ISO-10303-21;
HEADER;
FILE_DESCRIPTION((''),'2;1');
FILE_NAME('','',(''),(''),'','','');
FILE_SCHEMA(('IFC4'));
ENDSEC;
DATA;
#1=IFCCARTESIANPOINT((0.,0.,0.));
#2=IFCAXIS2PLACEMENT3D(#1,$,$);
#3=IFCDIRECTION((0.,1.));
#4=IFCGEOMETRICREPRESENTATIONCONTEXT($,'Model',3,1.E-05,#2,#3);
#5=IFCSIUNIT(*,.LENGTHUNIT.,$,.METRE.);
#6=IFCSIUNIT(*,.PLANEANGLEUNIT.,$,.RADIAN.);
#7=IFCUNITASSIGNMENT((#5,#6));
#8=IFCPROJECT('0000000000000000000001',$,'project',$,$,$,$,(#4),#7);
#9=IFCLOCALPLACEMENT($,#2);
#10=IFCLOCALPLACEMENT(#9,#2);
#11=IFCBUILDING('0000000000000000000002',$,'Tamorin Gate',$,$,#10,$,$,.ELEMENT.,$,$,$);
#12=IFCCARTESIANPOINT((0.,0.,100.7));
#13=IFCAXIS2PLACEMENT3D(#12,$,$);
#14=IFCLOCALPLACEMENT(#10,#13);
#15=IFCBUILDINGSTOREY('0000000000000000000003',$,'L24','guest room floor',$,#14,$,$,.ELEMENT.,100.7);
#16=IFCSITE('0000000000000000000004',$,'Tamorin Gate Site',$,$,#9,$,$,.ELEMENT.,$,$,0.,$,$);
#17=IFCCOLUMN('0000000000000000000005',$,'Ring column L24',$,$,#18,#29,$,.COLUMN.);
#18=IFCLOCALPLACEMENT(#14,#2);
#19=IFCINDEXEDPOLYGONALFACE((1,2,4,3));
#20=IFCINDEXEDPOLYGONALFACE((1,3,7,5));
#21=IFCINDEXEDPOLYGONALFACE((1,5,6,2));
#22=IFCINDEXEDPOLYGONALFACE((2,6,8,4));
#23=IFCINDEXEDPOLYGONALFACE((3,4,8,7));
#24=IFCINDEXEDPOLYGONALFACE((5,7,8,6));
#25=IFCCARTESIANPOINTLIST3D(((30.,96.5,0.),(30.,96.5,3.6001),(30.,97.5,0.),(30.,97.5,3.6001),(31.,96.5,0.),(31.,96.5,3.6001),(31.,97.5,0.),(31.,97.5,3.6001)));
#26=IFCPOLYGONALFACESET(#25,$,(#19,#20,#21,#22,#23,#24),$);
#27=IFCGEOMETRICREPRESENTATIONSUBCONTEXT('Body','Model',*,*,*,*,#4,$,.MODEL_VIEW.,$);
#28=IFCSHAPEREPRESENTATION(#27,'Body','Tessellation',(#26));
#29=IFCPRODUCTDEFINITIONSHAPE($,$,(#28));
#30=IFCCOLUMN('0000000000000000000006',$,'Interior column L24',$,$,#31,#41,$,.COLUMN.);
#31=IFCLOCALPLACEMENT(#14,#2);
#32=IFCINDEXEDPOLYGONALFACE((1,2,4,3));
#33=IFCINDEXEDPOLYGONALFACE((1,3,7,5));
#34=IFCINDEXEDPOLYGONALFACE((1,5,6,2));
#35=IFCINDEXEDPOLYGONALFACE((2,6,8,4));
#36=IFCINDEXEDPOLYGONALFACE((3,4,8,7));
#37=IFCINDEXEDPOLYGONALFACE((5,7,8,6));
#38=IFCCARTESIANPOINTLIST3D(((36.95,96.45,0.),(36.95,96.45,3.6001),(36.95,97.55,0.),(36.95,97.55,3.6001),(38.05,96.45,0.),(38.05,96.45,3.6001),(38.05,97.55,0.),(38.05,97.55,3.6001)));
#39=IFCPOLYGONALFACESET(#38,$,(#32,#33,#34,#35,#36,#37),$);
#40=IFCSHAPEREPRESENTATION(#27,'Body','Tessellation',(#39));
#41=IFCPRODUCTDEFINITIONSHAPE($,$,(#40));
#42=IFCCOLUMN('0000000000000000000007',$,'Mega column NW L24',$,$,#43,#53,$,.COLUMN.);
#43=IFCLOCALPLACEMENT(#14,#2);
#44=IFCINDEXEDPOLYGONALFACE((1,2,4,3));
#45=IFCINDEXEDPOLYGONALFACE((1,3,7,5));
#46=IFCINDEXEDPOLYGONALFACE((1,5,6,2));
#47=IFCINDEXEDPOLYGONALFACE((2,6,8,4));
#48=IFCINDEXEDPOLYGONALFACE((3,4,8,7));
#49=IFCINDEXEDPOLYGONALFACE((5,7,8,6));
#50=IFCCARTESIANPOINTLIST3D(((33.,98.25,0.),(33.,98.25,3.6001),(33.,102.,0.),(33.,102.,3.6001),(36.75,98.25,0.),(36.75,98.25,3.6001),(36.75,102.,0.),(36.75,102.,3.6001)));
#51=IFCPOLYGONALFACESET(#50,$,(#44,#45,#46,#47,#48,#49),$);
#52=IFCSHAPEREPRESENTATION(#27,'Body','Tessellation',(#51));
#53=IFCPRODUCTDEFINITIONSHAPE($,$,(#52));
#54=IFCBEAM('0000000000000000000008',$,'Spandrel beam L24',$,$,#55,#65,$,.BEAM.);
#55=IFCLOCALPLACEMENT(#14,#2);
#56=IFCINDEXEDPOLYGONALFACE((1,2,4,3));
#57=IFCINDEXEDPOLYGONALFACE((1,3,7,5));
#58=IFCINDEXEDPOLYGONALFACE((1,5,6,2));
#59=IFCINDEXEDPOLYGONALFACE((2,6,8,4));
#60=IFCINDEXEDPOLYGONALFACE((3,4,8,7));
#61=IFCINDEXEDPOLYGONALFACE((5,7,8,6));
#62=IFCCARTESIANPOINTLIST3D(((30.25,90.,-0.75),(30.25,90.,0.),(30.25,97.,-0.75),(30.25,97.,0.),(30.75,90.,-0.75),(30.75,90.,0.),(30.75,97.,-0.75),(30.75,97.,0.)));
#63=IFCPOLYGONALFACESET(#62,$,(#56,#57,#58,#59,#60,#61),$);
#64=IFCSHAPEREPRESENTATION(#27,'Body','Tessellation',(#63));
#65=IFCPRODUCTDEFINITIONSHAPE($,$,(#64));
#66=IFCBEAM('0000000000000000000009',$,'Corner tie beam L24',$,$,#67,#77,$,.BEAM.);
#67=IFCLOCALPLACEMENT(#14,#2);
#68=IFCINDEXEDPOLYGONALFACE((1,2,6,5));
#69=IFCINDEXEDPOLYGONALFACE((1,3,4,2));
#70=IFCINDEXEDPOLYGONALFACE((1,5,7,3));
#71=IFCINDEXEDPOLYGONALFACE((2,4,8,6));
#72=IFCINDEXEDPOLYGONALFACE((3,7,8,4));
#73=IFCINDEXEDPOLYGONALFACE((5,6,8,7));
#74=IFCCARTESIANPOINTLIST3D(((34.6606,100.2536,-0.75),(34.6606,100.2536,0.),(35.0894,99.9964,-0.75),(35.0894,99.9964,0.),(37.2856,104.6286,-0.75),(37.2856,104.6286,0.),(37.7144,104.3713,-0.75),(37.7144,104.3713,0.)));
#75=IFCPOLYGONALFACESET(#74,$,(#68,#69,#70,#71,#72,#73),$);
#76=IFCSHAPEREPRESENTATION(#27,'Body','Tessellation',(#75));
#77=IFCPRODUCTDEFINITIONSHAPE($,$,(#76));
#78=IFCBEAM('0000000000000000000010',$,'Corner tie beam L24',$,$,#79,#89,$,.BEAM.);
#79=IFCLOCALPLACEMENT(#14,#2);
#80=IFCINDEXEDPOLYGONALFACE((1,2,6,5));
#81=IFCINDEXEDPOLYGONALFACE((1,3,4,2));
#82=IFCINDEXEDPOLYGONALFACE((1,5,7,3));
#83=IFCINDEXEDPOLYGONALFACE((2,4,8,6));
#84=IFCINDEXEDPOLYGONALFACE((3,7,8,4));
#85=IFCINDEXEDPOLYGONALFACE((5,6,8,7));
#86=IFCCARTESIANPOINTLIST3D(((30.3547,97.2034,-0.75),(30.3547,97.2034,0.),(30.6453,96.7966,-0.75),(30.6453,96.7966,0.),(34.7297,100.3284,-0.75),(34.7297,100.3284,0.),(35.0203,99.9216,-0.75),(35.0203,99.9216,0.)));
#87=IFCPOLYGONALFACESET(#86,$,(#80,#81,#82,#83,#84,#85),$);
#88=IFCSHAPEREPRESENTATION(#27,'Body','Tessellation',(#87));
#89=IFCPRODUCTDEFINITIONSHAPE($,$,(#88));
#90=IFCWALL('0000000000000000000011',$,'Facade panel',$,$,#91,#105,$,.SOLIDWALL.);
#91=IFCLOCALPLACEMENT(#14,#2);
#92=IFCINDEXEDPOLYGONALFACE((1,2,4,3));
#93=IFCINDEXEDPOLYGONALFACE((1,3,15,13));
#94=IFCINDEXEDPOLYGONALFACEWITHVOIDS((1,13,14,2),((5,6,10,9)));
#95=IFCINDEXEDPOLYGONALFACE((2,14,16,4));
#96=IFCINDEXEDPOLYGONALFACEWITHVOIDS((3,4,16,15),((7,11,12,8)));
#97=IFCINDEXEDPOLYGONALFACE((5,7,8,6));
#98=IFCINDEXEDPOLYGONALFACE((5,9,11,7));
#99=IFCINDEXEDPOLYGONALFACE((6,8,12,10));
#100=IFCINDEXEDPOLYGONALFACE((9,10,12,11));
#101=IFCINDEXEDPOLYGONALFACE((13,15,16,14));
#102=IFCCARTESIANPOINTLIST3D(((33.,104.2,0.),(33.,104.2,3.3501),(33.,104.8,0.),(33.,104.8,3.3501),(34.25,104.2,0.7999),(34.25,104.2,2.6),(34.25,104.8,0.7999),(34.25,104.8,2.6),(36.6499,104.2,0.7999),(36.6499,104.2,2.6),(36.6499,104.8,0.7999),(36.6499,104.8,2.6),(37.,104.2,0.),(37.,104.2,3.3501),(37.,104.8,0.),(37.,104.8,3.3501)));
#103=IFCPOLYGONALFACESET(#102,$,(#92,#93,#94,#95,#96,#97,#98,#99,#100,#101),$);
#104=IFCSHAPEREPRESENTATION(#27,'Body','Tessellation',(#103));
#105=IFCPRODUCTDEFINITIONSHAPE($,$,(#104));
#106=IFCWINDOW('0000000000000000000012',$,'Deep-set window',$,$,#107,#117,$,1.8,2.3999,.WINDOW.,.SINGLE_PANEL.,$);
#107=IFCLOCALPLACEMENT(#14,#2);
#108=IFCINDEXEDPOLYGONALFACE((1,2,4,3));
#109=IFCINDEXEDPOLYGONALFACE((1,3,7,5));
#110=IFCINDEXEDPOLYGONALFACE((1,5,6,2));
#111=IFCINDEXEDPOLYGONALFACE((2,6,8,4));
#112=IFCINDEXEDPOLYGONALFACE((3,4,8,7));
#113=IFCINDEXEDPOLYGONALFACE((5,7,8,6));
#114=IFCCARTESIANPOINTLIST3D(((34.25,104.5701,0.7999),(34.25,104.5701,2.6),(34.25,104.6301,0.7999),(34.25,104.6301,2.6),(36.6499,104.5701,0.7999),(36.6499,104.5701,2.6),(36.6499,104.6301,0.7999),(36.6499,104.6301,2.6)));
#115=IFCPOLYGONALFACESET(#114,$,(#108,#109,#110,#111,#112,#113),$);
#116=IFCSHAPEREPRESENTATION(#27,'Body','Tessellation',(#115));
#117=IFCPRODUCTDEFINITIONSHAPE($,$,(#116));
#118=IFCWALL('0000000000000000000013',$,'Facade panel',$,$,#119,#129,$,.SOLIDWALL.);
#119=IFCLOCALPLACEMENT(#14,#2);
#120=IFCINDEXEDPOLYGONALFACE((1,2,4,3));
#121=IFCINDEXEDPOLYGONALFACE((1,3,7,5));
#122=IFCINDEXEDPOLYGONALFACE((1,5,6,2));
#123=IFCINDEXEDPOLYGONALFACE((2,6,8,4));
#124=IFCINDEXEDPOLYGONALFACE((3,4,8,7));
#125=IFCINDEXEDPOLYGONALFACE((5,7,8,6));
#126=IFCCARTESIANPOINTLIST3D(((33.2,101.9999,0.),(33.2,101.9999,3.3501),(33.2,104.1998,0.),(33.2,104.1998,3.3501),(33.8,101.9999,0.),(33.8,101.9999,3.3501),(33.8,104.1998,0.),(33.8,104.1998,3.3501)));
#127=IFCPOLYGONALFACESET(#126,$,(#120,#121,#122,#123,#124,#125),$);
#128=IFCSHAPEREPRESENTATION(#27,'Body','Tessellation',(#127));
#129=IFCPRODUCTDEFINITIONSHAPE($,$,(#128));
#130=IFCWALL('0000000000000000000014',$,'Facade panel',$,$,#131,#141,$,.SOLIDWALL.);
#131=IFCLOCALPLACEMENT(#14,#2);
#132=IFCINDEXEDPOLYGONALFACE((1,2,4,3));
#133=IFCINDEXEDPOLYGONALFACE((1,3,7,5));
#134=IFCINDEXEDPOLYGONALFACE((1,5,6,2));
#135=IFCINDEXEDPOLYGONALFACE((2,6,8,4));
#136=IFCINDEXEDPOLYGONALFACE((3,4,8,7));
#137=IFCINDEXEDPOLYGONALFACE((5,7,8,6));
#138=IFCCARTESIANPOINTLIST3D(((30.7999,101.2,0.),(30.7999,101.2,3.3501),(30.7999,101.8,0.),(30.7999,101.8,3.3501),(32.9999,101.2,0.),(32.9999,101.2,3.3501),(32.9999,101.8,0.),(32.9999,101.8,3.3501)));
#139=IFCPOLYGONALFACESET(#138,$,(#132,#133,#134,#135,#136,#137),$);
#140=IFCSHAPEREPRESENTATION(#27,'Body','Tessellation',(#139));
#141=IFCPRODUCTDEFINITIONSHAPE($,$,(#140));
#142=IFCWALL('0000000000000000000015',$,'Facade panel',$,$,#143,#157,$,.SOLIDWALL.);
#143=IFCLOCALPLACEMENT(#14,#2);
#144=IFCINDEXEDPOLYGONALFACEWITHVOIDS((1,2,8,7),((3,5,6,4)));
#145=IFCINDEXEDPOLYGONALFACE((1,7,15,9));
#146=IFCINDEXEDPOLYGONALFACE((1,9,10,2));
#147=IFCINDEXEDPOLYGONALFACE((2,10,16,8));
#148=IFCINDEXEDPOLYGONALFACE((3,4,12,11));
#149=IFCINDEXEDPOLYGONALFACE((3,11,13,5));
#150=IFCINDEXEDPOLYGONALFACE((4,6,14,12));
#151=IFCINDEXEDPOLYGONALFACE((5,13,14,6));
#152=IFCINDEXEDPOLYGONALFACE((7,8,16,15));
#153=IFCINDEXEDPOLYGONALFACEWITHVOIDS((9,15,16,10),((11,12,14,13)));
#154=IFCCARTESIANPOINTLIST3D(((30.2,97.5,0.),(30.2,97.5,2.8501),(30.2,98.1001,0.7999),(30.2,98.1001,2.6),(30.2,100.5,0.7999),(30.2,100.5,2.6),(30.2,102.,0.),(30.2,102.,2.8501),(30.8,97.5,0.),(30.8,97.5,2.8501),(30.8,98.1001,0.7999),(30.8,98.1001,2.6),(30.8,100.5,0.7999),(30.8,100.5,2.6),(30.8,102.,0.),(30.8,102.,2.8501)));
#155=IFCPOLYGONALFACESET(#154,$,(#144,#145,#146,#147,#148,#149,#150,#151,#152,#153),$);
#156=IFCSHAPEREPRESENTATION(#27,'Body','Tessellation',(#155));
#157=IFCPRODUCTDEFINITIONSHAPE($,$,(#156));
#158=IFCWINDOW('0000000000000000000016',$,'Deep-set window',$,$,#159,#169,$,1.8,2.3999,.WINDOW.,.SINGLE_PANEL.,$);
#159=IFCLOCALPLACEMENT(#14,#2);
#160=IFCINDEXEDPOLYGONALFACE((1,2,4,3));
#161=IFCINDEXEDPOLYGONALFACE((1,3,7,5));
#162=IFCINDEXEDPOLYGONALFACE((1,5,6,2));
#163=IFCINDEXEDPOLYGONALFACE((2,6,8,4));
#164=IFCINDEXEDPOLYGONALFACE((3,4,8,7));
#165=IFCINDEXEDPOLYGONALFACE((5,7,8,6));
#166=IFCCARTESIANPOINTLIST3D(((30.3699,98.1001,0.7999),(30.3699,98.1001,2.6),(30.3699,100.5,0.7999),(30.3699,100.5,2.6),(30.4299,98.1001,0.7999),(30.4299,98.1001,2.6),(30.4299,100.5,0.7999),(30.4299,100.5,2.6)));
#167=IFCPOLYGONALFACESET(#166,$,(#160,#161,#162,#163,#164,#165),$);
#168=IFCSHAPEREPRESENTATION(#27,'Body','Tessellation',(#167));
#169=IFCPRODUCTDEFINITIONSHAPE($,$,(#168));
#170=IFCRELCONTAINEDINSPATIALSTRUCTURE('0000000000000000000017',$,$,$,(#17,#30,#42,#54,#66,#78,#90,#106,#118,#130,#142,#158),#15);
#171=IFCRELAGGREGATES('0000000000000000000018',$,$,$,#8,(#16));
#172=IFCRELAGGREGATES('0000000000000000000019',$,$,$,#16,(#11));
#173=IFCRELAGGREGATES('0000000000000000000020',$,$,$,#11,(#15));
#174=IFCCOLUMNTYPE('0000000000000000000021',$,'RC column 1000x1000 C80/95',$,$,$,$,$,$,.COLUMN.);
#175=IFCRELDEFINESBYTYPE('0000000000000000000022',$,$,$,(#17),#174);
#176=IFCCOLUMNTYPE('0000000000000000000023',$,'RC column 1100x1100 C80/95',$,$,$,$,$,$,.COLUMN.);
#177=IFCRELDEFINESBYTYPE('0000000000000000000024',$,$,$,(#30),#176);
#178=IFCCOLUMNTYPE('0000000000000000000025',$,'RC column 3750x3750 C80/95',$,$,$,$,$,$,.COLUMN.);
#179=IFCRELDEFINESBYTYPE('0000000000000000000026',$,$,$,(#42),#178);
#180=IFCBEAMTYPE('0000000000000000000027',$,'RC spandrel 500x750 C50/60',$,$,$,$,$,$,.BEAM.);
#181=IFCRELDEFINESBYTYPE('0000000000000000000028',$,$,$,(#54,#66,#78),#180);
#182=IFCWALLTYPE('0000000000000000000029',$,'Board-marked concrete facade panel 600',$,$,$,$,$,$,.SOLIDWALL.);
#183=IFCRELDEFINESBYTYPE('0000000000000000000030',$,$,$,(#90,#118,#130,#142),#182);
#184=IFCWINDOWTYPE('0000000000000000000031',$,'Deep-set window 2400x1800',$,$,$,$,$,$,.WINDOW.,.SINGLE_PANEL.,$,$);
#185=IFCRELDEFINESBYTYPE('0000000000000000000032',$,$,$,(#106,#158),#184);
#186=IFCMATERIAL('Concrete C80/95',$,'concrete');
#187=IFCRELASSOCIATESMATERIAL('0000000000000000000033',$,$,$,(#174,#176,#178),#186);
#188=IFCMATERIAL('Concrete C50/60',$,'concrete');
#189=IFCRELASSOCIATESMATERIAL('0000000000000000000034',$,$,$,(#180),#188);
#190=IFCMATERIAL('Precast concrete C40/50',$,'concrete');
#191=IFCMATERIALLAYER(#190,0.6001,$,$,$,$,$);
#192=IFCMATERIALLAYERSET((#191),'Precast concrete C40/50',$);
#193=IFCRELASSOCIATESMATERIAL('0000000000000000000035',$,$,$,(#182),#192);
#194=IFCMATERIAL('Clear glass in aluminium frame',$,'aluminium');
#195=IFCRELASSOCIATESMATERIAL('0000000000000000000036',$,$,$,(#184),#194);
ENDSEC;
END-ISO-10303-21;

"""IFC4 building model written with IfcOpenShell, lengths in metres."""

from ifc_helpers import new_model, si_unit, direction, frame, frame_2d, origin, origin_2d, place, context, subcontext, project, spatial, rectangle, extrude, material, layer, layer_set, material_profile, profile_set, type_object, element, fill, save


model = new_model("IFC4")

# Units and contexts
model_context = context("Model", 3, precision=1e-05, world=origin(), true_north=direction((0.0, 1.0)))
body_context = subcontext(model_context, "Body", "Model", "MODEL_VIEW")
ifc_project = project(units=[si_unit("LENGTHUNIT", "METRE"), si_unit("PLANEANGLEUNIT", "RADIAN")], contexts=[model_context])

# Site, building, storey
site_placement = place(None, origin())
site = spatial("IfcSite", under=ifc_project, at=site_placement, Name="Tamorin Gate Site", CompositionType="ELEMENT", RefElevation=0.0)
building_placement = place(site_placement, origin())
building = spatial("IfcBuilding", under=site, at=building_placement, Name="Tamorin Gate", CompositionType="ELEMENT")
storey_placement = place(building_placement, frame((0.0, 0.0, 100.7)))
storey = spatial("IfcBuildingStorey", under=building, at=storey_placement, Name="L24", Description="guest room floor", CompositionType="ELEMENT", Elevation=100.7)

# Columns
ifc_material_1 = material(Name="Concrete C80/95", Category="concrete")
ifc_material_profile_1 = material_profile(ifc_material_1, rectangle(XDim=1.0, YDim=1.0, at=origin_2d()), Name="RC 1000x1000")
ifc_profile_set_1 = profile_set([ifc_material_profile_1], Name="Concrete C80/95")
column_type_1 = type_object("IfcColumnType", Name="RC column 1000x1000 C80/95", PredefinedType="COLUMN", material=ifc_profile_set_1)
column_1_placement = place(storey_placement, frame((30.5, 97.0, 0.0), z_axis=(0.0, 0.0, 1.0), x_axis=(1.0, 0.0, 0.0)))
element("IfcColumn", 1, at=column_1_placement, inside=storey, type_object=column_type_1, Name="Ring column L24", PredefinedType="COLUMN", context=body_context, shape_type="SweptSolid", body=[
    extrude(rectangle(XDim=1.0, YDim=1.0, at=origin_2d()), origin(), (0.0, 0.0, 1.0), 3.6001),
])
ifc_material_profile_2 = material_profile(ifc_material_1, rectangle(XDim=1.1001, YDim=1.1001, at=origin_2d()), Name="RC 1100x1100")
ifc_profile_set_2 = profile_set([ifc_material_profile_2], Name="Concrete C80/95")
column_type_2 = type_object("IfcColumnType", Name="RC column 1100x1100 C80/95", PredefinedType="COLUMN", material=ifc_profile_set_2)
column_2_placement = place(storey_placement, frame((37.5, 97.0, 0.0), z_axis=(0.0, 0.0, 1.0), x_axis=(1.0, 0.0, 0.0)))
element("IfcColumn", 2, at=column_2_placement, inside=storey, type_object=column_type_2, Name="Interior column L24", PredefinedType="COLUMN", context=body_context, shape_type="SweptSolid", body=[
    extrude(rectangle(XDim=1.1001, YDim=1.1001, at=origin_2d()), origin(), (0.0, 0.0, 1.0), 3.6001),
])
ifc_material_profile_3 = material_profile(ifc_material_1, rectangle(XDim=3.75, YDim=3.75, at=origin_2d()), Name="RC 3750x3750")
ifc_profile_set_3 = profile_set([ifc_material_profile_3], Name="Concrete C80/95")
column_type_3 = type_object("IfcColumnType", Name="RC column 3750x3750 C80/95", PredefinedType="COLUMN", material=ifc_profile_set_3)
column_3_placement = place(storey_placement, frame((34.875, 100.125, 0.0), z_axis=(0.0, 0.0, 1.0), x_axis=(1.0, 0.0, 0.0)))
element("IfcColumn", 3, at=column_3_placement, inside=storey, type_object=column_type_3, Name="Mega column NW L24", PredefinedType="COLUMN", context=body_context, shape_type="SweptSolid", body=[
    extrude(rectangle(XDim=3.75, YDim=3.75, at=origin_2d()), origin(), (0.0, 0.0, 1.0), 3.6001),
])

# Beams
ifc_material_2 = material(Name="Concrete C50/60", Category="concrete")
ifc_material_profile_4 = material_profile(ifc_material_2, rectangle(XDim=0.5, YDim=0.75, at=origin_2d()), Name="RC 500x750")
ifc_profile_set_4 = profile_set([ifc_material_profile_4], Name="Concrete C50/60")
beam_type = type_object("IfcBeamType", Name="RC spandrel 500x750 C50/60", PredefinedType="BEAM", material=ifc_profile_set_4)
beam_1_placement = place(storey_placement, frame((30.5, 97.0, -0.375), z_axis=(0.0, -1.0, 0.0), x_axis=(1.0, 0.0, 0.0)))
element("IfcBeam", 4, at=beam_1_placement, inside=storey, type_object=beam_type, Name="Spandrel beam L24", PredefinedType="BEAM", context=body_context, shape_type="SweptSolid", body=[
    extrude(rectangle(XDim=0.5, YDim=0.75, at=origin_2d()), origin(), (0.0, 0.0, 1.0), 7.0),
])
beam_2_placement = place(storey_placement, frame((34.875, 100.125, -0.375), z_axis=(0.514496, 0.857493, 0.0), x_axis=(-0.857493, 0.514496, 0.0)))
element("IfcBeam", 5, at=beam_2_placement, inside=storey, type_object=beam_type, Name="Corner tie beam L24", PredefinedType="BEAM", context=body_context, shape_type="SweptSolid", body=[
    extrude(rectangle(XDim=0.5, YDim=0.75, at=origin_2d()), origin(), (0.0, 0.0, 1.0), 5.1021),
])
beam_3_placement = place(storey_placement, frame((34.875, 100.125, -0.375), z_axis=(-0.813733, -0.581238, 0.0), x_axis=(0.581238, -0.813733, 0.0)))
element("IfcBeam", 6, at=beam_3_placement, inside=storey, type_object=beam_type, Name="Corner tie beam L24", PredefinedType="BEAM", context=body_context, shape_type="SweptSolid", body=[
    extrude(rectangle(XDim=0.5, YDim=0.75, at=origin_2d()), origin(), (0.0, 0.0, 1.0), 5.3765),
])

# Wall, opening, window
ifc_material_3 = material(Name="Precast concrete C40/50", Category="concrete")
ifc_layer_1 = layer(ifc_material_3, 0.6001)
ifc_layer_set_1 = layer_set([ifc_layer_1], Name="Precast concrete C40/50")
wall_type_1 = type_object("IfcWallType", Name="Board-marked concrete facade panel 600", PredefinedType="SOLIDWALL", material=ifc_layer_set_1)
wall_1_placement = place(storey_placement, frame((37.0, 104.5, 0.0), z_axis=(0.0, 0.0, 1.0), x_axis=(-1.0, 0.0, 0.0)))
wall_1 = element("IfcWall", 7, at=wall_1_placement, inside=storey, type_object=wall_type_1, Name="Facade panel", PredefinedType="SOLIDWALL", context=body_context, shape_type="SweptSolid", body=[
    extrude(rectangle(XDim=4.0, YDim=0.6001, at=frame_2d((2.0, 0.0))), origin(), (0.0, 0.0, 1.0), 3.3501),
])
opening_1_placement = place(wall_1_placement, frame((0.3501, 0.0, 0.8)))
opening_1 = element("IfcOpeningElement", 8, at=opening_1_placement, cuts=wall_1, PredefinedType="OPENING", context=body_context, shape_type="SweptSolid", body=[
    extrude(rectangle(XDim=2.3999, YDim=1.8, at=frame_2d((1.2, 0.8999))), frame((0.0, 0.3101, 0.0), z_axis=(0.0, -1.0, 0.0), x_axis=(1.0, 0.0, 0.0)), (0.0, 0.0, 1.0), 0.6201),
])
ifc_material_4 = material(Name="Clear glass in aluminium frame", Category="aluminium")
window_type = type_object("IfcWindowType", Name="Deep-set window 2400x1800", PartitioningType="SINGLE_PANEL", PredefinedType="WINDOW", material=ifc_material_4)
window_1_placement = place(opening_1_placement, origin())
window_1 = element("IfcWindow", 9, at=window_1_placement, inside=storey, type_object=window_type, Name="Deep-set window", OverallHeight=1.8, OverallWidth=2.3999, PartitioningType="SINGLE_PANEL", PredefinedType="WINDOW", context=body_context, shape_type="SweptSolid", body=[
    extrude(rectangle(XDim=2.3999, YDim=1.8, at=frame_2d((1.2, 0.8999))), frame((0.0, -0.0701, 0.0), z_axis=(0.0, -1.0, 0.0), x_axis=(1.0, 0.0, 0.0)), (0.0, 0.0, 1.0), 0.0601),
])
fill(opening_1, window_1)

# Walls
for number, where, z_axis, x_axis, name in (
    (10, (33.5, 104.2, 0.0), (0.0, 0.0, 1.0), (0.0, -1.0, 0.0), "Facade panel"),
    (11, (33.0, 101.5, 0.0), (0.0, 0.0, 1.0), (-1.0, 0.0, 0.0), "Facade panel"),
):
    element("IfcWall", number, at=place(storey_placement, frame(where, z_axis=z_axis, x_axis=x_axis)), inside=storey, type_object=wall_type_1, Name=name, PredefinedType="SOLIDWALL", context=body_context, shape_type="SweptSolid", body=[
        extrude(rectangle(XDim=2.2, YDim=0.6001, at=frame_2d((1.1001, 0.0))), origin(), (0.0, 0.0, 1.0), 3.3501),
    ])

# Wall, opening, window
wall_2_placement = place(storey_placement, frame((30.5, 102.0, 0.0), z_axis=(0.0, 0.0, 1.0), x_axis=(0.0, -1.0, 0.0)))
wall_2 = element("IfcWall", 12, at=wall_2_placement, inside=storey, type_object=wall_type_1, Name="Facade panel", PredefinedType="SOLIDWALL", context=body_context, shape_type="SweptSolid", body=[
    extrude(rectangle(XDim=4.5, YDim=0.6001, at=frame_2d((2.25, 0.0))), origin(), (0.0, 0.0, 1.0), 2.8501),
])
opening_2_placement = place(wall_2_placement, frame((1.5, 0.0, 0.8)))
opening_2 = element("IfcOpeningElement", 13, at=opening_2_placement, cuts=wall_2, PredefinedType="OPENING", context=body_context, shape_type="SweptSolid", body=[
    extrude(rectangle(XDim=2.3999, YDim=1.8, at=frame_2d((1.2, 0.8999))), frame((0.0, 0.3101, 0.0), z_axis=(0.0, -1.0, 0.0), x_axis=(1.0, 0.0, 0.0)), (0.0, 0.0, 1.0), 0.6201),
])
window_2_placement = place(opening_2_placement, origin())
window_2 = element("IfcWindow", 14, at=window_2_placement, inside=storey, type_object=window_type, Name="Deep-set window", OverallHeight=1.8, OverallWidth=2.3999, PartitioningType="SINGLE_PANEL", PredefinedType="WINDOW", context=body_context, shape_type="SweptSolid", body=[
    extrude(rectangle(XDim=2.3999, YDim=1.8, at=frame_2d((1.2, 0.8999))), frame((0.0, -0.0701, 0.0), z_axis=(0.0, -1.0, 0.0), x_axis=(1.0, 0.0, 0.0)), (0.0, 0.0, 1.0), 0.0601),
])
fill(opening_2, window_2)

save(model, "model.ifc")
